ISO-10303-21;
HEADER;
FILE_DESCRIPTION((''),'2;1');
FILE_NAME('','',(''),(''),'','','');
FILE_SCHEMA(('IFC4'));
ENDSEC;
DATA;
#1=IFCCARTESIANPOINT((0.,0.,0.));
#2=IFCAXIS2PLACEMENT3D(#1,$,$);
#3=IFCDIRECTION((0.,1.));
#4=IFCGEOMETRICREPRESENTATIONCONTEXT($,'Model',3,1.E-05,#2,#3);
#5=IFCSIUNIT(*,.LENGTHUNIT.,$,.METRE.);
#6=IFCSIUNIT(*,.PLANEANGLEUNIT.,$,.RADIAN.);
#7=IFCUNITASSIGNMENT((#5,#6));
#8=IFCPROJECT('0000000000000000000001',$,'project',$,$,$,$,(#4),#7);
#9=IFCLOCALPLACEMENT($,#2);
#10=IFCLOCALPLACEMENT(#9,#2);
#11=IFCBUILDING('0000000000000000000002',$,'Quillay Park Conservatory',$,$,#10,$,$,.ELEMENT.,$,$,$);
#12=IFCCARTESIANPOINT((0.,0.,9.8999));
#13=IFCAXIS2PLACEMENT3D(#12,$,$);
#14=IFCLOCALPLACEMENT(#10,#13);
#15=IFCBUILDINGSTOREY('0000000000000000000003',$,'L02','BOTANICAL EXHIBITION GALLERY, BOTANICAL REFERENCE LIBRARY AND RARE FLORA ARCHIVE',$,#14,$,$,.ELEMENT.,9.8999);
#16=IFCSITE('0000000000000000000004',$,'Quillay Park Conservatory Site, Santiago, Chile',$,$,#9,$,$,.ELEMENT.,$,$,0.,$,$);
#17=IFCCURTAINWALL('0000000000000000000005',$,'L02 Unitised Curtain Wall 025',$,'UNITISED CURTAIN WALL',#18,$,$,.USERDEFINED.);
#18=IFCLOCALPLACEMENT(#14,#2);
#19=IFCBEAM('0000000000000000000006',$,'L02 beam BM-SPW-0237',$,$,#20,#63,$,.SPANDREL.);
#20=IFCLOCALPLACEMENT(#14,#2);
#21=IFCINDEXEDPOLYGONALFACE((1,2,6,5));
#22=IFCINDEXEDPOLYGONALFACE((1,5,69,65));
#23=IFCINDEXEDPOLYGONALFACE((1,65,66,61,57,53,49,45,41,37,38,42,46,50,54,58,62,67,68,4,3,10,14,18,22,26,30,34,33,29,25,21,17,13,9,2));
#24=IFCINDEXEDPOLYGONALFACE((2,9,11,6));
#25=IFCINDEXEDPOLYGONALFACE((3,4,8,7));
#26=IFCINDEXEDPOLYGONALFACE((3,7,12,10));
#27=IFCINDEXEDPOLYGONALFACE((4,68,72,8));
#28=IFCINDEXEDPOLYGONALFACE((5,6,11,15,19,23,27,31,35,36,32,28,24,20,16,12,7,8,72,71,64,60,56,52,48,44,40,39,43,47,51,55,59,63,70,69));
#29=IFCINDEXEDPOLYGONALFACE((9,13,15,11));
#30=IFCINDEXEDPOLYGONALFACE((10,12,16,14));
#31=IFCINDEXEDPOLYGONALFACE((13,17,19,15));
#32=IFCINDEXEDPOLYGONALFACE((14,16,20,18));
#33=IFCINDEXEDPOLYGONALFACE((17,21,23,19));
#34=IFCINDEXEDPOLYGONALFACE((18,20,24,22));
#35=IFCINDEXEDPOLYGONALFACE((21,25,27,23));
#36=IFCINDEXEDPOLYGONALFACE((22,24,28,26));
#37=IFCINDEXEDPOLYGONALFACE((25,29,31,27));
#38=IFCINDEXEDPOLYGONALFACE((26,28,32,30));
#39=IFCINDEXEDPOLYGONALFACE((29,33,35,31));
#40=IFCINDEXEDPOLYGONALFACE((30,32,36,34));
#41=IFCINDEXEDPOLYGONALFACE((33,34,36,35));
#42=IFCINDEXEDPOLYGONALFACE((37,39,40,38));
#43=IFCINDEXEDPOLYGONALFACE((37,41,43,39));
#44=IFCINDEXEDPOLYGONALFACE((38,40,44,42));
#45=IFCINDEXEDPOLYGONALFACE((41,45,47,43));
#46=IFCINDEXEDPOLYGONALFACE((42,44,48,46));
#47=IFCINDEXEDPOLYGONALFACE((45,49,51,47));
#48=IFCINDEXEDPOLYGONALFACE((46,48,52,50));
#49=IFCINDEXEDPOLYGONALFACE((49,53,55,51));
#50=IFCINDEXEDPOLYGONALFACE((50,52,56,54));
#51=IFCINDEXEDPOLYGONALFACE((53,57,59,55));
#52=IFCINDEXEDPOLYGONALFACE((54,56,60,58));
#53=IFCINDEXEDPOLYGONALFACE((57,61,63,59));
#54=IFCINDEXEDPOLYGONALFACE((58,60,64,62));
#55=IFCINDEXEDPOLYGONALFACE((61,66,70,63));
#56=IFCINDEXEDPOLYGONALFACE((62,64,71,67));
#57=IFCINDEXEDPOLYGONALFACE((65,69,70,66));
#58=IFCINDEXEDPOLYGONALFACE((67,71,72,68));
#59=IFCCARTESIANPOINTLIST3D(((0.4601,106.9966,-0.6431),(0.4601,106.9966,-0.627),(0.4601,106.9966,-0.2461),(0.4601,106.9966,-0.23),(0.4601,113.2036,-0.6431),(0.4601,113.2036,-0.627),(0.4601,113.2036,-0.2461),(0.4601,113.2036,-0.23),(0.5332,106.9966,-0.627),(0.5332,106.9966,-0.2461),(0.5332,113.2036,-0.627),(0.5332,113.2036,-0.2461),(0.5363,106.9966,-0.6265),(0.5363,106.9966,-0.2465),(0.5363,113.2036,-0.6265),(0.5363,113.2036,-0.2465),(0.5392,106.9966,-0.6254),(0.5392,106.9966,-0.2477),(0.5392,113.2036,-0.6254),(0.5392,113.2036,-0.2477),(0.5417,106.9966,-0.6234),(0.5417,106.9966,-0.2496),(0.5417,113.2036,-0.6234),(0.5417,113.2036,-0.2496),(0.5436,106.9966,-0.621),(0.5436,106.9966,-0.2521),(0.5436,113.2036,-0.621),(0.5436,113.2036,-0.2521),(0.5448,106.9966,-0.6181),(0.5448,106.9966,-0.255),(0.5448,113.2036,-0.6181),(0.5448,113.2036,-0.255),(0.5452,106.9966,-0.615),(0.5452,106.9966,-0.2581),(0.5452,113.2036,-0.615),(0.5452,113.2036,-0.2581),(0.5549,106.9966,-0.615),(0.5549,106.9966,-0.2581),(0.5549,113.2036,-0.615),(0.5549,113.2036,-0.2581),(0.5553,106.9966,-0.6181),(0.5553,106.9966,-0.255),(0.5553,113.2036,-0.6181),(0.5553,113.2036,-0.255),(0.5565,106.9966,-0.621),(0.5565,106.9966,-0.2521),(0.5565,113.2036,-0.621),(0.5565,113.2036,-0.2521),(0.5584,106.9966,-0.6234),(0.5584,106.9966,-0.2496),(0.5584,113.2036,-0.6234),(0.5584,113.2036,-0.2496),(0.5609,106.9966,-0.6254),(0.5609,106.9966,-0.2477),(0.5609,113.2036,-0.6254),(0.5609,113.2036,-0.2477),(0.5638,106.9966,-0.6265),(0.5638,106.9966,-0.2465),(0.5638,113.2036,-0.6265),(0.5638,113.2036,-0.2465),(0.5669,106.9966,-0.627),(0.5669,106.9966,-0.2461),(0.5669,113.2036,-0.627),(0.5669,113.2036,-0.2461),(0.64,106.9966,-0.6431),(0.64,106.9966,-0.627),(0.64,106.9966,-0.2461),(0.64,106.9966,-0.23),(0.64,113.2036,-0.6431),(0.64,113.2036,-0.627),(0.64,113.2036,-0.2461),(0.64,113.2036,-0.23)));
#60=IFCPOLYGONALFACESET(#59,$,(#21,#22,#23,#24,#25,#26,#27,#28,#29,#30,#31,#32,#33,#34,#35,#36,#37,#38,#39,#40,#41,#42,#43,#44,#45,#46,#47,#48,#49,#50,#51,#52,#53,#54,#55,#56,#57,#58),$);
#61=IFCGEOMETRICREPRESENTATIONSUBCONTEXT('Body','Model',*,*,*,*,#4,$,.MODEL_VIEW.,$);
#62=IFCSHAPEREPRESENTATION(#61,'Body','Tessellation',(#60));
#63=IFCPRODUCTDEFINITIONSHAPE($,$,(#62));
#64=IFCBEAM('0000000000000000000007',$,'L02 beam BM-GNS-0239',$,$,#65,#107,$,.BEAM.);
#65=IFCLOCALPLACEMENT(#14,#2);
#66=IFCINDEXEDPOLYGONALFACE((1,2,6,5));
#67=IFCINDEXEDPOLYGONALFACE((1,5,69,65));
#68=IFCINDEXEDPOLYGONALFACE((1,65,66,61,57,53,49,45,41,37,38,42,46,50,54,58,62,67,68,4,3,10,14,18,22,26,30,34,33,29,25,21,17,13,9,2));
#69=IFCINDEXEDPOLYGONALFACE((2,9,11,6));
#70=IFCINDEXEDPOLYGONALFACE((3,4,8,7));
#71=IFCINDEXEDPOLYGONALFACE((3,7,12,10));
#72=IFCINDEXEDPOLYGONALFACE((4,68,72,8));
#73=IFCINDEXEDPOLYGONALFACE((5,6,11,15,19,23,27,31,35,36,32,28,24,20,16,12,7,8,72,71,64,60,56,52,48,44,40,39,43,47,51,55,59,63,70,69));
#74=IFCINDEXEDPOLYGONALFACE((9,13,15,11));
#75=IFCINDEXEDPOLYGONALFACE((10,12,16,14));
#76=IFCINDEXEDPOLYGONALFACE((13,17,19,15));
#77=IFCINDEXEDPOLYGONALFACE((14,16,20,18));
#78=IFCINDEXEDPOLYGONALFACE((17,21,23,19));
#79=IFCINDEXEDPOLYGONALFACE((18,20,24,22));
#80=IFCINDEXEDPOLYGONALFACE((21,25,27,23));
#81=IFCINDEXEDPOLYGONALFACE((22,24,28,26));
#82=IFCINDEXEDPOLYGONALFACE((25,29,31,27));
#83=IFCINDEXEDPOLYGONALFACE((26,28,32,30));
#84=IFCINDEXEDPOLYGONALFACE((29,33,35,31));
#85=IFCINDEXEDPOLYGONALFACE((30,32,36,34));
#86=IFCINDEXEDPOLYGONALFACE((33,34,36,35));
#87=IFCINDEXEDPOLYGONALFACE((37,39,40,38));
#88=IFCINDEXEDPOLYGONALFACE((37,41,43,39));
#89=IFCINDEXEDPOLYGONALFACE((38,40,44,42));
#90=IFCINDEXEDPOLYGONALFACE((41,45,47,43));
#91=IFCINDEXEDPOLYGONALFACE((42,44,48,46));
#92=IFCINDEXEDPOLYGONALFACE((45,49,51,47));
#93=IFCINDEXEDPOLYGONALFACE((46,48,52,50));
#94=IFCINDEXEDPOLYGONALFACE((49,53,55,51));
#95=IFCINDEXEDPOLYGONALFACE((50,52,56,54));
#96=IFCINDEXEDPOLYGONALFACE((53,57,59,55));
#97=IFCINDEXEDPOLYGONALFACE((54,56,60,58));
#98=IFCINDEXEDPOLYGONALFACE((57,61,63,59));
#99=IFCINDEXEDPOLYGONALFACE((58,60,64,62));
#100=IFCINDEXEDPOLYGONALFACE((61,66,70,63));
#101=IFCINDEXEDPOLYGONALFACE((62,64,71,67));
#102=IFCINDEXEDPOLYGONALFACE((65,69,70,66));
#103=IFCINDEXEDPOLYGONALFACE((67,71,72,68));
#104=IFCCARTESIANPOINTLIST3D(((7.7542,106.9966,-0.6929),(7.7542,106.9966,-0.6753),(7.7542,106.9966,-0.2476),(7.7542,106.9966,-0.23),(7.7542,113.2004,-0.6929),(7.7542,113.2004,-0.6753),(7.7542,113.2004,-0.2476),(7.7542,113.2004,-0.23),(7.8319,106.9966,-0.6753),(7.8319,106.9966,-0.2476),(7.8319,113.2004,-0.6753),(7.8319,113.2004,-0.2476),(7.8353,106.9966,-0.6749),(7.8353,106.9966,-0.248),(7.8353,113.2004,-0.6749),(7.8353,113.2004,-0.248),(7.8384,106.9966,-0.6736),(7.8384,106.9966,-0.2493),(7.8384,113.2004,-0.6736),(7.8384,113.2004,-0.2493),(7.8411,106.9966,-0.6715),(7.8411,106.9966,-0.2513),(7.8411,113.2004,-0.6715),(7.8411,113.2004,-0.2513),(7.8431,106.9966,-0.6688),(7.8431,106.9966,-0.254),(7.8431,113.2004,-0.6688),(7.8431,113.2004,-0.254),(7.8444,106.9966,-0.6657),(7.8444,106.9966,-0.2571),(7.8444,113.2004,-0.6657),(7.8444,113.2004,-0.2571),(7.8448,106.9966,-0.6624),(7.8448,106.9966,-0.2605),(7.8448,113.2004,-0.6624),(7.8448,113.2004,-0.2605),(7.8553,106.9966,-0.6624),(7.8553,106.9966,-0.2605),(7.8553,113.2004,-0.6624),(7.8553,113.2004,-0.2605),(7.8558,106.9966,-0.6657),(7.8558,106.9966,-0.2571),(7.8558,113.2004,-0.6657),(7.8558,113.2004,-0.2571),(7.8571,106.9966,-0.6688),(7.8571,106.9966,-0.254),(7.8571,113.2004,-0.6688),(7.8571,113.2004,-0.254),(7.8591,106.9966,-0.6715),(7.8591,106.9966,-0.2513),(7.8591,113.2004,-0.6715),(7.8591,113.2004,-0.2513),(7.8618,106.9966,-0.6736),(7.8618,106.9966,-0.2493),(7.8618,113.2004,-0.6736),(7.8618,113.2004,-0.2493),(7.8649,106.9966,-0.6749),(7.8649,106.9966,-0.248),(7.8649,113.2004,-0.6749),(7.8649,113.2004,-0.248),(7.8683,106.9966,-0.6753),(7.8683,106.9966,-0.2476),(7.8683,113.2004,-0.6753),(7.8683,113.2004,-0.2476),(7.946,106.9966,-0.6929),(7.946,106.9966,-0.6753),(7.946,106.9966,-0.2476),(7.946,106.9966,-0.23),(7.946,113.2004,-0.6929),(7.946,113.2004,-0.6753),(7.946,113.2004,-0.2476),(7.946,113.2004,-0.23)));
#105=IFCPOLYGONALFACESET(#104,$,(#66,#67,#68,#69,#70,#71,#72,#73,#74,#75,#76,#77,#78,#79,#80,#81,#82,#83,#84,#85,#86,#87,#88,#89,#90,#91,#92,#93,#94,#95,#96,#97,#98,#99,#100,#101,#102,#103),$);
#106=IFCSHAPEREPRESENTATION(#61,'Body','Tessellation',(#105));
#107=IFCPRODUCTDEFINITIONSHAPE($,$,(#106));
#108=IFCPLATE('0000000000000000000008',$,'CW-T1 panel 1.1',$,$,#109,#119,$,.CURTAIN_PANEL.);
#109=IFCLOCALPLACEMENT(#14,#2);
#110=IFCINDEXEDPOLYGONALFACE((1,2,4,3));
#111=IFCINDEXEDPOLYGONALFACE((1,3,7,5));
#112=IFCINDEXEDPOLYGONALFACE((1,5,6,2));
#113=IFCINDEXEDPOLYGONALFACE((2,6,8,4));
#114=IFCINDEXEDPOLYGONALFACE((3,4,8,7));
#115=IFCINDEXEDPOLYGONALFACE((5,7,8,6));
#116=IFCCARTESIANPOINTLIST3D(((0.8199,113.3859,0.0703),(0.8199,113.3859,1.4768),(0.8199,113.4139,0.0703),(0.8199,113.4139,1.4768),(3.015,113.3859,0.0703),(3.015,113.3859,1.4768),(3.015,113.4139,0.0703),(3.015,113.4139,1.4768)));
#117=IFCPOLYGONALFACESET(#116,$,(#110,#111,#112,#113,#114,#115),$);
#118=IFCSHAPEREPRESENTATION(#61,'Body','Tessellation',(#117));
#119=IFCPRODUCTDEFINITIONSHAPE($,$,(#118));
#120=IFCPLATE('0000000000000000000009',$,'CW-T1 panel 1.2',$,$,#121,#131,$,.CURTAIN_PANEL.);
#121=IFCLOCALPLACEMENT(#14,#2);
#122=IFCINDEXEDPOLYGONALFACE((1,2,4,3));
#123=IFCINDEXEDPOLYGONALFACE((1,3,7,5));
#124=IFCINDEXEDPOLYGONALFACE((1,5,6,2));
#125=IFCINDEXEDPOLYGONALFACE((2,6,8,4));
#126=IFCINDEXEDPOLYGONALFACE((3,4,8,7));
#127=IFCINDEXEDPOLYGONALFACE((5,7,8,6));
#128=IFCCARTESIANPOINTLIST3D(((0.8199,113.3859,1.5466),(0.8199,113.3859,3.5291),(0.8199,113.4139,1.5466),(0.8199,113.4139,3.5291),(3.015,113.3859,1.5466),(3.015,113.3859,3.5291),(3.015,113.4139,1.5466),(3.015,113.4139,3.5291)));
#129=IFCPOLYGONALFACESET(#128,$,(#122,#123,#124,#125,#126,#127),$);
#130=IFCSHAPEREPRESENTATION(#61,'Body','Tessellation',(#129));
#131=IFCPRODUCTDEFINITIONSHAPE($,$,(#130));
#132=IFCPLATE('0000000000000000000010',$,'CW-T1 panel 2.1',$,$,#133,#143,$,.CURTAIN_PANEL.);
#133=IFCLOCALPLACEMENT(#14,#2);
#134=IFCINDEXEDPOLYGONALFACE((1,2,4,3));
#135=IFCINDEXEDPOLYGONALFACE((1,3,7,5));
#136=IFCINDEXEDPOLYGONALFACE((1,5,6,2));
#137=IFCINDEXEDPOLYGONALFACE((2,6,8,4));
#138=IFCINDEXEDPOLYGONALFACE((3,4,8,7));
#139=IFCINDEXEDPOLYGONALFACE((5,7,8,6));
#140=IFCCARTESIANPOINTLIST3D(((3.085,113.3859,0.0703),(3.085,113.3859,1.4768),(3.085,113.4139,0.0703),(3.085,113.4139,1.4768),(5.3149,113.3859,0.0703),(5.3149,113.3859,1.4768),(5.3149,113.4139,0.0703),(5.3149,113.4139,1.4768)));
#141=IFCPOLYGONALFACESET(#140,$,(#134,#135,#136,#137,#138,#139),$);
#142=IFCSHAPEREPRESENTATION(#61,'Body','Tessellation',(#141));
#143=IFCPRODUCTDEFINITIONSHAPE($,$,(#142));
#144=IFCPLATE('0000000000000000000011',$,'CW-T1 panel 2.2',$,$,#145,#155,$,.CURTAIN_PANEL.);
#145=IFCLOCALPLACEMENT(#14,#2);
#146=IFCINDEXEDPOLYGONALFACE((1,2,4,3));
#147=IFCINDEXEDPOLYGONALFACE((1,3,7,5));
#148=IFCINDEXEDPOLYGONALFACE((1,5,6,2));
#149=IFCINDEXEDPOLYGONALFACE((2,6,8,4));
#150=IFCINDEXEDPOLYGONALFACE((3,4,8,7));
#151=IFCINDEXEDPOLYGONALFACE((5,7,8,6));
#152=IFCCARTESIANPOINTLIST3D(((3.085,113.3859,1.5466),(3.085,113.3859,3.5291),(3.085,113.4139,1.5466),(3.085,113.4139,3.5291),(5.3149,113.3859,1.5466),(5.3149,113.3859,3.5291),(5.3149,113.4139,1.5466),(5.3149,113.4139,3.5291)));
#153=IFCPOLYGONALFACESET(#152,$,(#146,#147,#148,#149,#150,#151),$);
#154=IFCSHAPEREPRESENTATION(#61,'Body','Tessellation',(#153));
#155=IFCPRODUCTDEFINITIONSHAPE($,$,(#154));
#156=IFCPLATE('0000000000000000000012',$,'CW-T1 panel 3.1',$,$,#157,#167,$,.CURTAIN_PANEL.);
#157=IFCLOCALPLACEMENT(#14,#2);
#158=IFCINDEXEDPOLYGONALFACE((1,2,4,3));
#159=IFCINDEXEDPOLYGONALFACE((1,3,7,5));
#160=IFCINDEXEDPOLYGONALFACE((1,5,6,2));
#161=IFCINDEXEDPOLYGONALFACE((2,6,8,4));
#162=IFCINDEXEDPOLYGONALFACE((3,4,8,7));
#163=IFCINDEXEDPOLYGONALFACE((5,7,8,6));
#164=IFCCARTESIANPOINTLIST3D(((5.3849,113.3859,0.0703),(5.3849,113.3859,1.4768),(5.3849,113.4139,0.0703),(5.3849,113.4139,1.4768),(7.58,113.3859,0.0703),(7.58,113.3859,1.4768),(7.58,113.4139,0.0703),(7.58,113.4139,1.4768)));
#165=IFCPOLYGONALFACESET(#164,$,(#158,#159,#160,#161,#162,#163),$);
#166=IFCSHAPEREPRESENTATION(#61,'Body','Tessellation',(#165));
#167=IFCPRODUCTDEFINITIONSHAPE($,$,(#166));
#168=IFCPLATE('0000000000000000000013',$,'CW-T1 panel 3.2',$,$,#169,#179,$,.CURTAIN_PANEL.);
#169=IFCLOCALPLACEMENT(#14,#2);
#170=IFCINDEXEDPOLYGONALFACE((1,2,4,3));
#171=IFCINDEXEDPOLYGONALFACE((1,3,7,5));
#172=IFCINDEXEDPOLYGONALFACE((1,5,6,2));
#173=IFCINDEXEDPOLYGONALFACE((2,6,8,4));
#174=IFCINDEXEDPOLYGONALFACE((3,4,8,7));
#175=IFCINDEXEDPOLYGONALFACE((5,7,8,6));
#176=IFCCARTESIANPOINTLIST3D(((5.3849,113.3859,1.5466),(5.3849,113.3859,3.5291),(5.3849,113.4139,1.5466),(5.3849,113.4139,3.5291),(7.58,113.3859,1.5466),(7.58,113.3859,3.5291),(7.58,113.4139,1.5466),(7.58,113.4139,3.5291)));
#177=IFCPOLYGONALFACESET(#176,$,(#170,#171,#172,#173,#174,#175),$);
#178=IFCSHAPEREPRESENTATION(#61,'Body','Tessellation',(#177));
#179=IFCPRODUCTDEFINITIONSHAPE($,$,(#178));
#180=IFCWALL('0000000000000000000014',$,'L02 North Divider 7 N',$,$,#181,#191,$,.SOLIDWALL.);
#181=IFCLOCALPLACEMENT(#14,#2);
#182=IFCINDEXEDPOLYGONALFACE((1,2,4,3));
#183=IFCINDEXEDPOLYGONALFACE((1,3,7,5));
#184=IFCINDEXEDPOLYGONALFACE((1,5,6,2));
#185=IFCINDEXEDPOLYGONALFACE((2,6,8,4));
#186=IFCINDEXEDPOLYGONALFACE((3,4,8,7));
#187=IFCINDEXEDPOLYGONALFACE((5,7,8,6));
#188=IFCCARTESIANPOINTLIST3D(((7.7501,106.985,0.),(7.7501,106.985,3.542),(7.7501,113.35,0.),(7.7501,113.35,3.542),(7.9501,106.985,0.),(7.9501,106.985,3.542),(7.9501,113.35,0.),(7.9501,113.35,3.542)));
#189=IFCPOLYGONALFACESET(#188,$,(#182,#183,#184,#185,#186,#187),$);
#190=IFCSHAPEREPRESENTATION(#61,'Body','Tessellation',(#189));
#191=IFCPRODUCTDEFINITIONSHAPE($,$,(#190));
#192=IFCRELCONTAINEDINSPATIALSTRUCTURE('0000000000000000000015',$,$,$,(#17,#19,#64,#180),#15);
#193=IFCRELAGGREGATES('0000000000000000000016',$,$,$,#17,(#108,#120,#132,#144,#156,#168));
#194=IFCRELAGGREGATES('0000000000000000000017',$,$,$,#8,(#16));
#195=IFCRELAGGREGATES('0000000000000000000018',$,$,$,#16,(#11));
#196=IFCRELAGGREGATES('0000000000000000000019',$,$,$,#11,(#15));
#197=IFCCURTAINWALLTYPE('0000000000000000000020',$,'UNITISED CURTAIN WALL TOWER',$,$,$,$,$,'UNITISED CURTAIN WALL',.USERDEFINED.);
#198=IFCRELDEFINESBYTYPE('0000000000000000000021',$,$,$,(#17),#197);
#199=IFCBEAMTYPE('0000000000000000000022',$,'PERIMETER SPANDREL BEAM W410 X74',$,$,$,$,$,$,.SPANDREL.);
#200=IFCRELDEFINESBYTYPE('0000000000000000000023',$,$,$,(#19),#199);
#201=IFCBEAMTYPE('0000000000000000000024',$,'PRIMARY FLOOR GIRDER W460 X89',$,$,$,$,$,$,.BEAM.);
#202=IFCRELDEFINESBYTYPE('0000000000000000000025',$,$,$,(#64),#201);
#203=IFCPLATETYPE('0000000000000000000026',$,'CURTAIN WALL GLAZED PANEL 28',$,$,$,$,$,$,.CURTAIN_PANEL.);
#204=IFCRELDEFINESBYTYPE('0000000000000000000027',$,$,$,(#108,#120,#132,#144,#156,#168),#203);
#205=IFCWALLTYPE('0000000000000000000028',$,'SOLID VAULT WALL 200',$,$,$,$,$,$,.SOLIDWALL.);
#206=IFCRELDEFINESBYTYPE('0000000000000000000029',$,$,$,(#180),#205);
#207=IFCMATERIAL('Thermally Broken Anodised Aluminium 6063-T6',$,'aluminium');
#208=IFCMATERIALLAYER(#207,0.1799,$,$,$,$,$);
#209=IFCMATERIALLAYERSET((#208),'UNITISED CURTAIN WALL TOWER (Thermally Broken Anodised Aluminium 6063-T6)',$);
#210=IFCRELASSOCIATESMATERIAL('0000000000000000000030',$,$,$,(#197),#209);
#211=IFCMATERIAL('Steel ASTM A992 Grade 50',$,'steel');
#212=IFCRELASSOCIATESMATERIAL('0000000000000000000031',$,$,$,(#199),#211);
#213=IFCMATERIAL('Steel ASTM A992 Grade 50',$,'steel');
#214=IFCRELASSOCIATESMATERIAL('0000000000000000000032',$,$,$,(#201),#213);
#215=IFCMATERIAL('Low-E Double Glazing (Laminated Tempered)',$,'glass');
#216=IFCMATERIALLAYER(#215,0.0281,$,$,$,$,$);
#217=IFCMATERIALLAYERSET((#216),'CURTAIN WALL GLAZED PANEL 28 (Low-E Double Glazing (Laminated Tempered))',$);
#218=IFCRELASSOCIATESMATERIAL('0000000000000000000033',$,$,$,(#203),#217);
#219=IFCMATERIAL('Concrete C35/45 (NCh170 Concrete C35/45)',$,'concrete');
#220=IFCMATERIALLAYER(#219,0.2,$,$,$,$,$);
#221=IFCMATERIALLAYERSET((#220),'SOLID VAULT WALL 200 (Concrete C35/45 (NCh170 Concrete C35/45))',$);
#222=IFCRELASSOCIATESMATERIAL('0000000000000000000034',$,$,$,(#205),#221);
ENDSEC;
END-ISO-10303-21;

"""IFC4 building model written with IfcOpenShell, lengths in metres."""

from ifc_helpers import new_model, si_unit, direction, frame, frame_2d, origin, origin_2d, place, context, subcontext, project, spatial, rectangle, i_section, extrude, material, layer, layer_set, material_profile, profile_set, type_object, element, aggregate, save


model = new_model("IFC4")

# Units and contexts
model_context = context("Model", 3, precision=1e-05, world=origin(), true_north=direction((0.0, 1.0)))
body_context = subcontext(model_context, "Body", "Model", "MODEL_VIEW")
ifc_project = project(units=[si_unit("LENGTHUNIT", "METRE"), si_unit("PLANEANGLEUNIT", "RADIAN")], contexts=[model_context])

# Site, building, storey
site_placement = place(None, origin())
site = spatial("IfcSite", under=ifc_project, at=site_placement, Name="Quillay Park Conservatory Site, Santiago, Chile", CompositionType="ELEMENT", RefElevation=0.0)
building_placement = place(site_placement, origin())
building = spatial("IfcBuilding", under=site, at=building_placement, Name="Quillay Park Conservatory", CompositionType="ELEMENT")
storey_placement = place(building_placement, frame((0.0, 0.0, 9.8999)))
storey = spatial("IfcBuildingStorey", under=building, at=storey_placement, Name="L02", Description="BOTANICAL EXHIBITION GALLERY, BOTANICAL REFERENCE LIBRARY AND RARE FLORA ARCHIVE", CompositionType="ELEMENT", Elevation=9.8999)

# Curtain wall
ifc_material_1 = material(Name="Thermally Broken Anodised Aluminium 6063-T6", Category="aluminium")
ifc_layer_1 = layer(ifc_material_1, 0.1799)
ifc_layer_set_1 = layer_set([ifc_layer_1], Name="UNITISED CURTAIN WALL TOWER (Thermally Broken Anodised Aluminium 6063-T6)")
curtain_wall_type = type_object("IfcCurtainWallType", Name="UNITISED CURTAIN WALL TOWER", ElementType="UNITISED CURTAIN WALL", PredefinedType="USERDEFINED", material=ifc_layer_set_1)
curtain_wall_1_placement = place(storey_placement, origin())
curtain_wall_1 = element("IfcCurtainWall", 1, at=curtain_wall_1_placement, inside=storey, type_object=curtain_wall_type, Name="L02 Unitised Curtain Wall 025", ObjectType="UNITISED CURTAIN WALL", PredefinedType="USERDEFINED")

# Beams
ifc_material_2 = material(Name="Steel ASTM A992 Grade 50", Category="steel")
ifc_material_profile_1 = material_profile(ifc_material_2, i_section(OverallWidth=0.1799, OverallDepth=0.4131, WebThickness=0.0098, FlangeThickness=0.0161, FilletRadius=0.012, at=origin_2d()), Name="W410x74")
ifc_profile_set_1 = profile_set([ifc_material_profile_1], Name="Steel ASTM A992 Grade 50")
beam_type_1 = type_object("IfcBeamType", Name="PERIMETER SPANDREL BEAM W410 X74", PredefinedType="SPANDREL", material=ifc_profile_set_1)
beam_1_placement = place(storey_placement, frame((0.55, 106.9966, -0.4365), z_axis=(0.0, 1.0, 0.0), x_axis=(-1.0, 0.0, 0.0)))
element("IfcBeam", 2, at=beam_1_placement, inside=storey, type_object=beam_type_1, Name="L02 beam BM-SPW-0237", PredefinedType="SPANDREL", context=body_context, shape_type="SweptSolid", body=[
    extrude(i_section(OverallWidth=0.1799, OverallDepth=0.4131, WebThickness=0.0098, FlangeThickness=0.0161, FilletRadius=0.012, at=origin_2d()), origin(), (0.0, 0.0, 1.0), 6.207),
])
ifc_material_3 = material(Name="Steel ASTM A992 Grade 50", Category="steel")
ifc_material_profile_2 = material_profile(ifc_material_3, i_section(OverallWidth=0.1919, OverallDepth=0.4629, WebThickness=0.0105, FlangeThickness=0.0176, FilletRadius=0.0129, at=origin_2d()), Name="W460x89")
ifc_profile_set_2 = profile_set([ifc_material_profile_2], Name="Steel ASTM A992 Grade 50")
beam_type_2 = type_object("IfcBeamType", Name="PRIMARY FLOOR GIRDER W460 X89", PredefinedType="BEAM", material=ifc_profile_set_2)
beam_2_placement = place(storey_placement, frame((7.8501, 106.9966, -0.4614), z_axis=(0.0, 1.0, 0.0), x_axis=(-1.0, 0.0, 0.0)))
element("IfcBeam", 3, at=beam_2_placement, inside=storey, type_object=beam_type_2, Name="L02 beam BM-GNS-0239", PredefinedType="BEAM", context=body_context, shape_type="SweptSolid", body=[
    extrude(i_section(OverallWidth=0.1919, OverallDepth=0.4629, WebThickness=0.0105, FlangeThickness=0.0176, FilletRadius=0.0129, at=origin_2d()), origin(), (0.0, 0.0, 1.0), 6.2039),
])

# Plates
ifc_material_4 = material(Name="Low-E Double Glazing (Laminated Tempered)", Category="glass")
ifc_layer_2 = layer(ifc_material_4, 0.0281)
ifc_layer_set_2 = layer_set([ifc_layer_2], Name="CURTAIN WALL GLAZED PANEL 28 (Low-E Double Glazing (Laminated Tempered))")
plate_type = type_object("IfcPlateType", Name="CURTAIN WALL GLAZED PANEL 28", PredefinedType="CURTAIN_PANEL", material=ifc_layer_set_2)
plate_1_placement = place(storey_placement, frame((1.9175, 113.3999, 0.0703), z_axis=(0.0, 0.0, 1.0), x_axis=(1.0, 0.0, 0.0)))
plate_1 = element("IfcPlate", 4, at=plate_1_placement, type_object=plate_type, Name="CW-T1 panel 1.1", PredefinedType="CURTAIN_PANEL", context=body_context, shape_type="SweptSolid", body=[
    extrude(rectangle(XDim=2.1951, YDim=0.0281, at=origin_2d()), origin(), (0.0, 0.0, 1.0), 1.4065),
])
plate_2_placement = place(storey_placement, frame((1.9175, 113.3999, 1.5466), z_axis=(0.0, 0.0, 1.0), x_axis=(1.0, 0.0, 0.0)))
plate_2 = element("IfcPlate", 5, at=plate_2_placement, type_object=plate_type, Name="CW-T1 panel 1.2", PredefinedType="CURTAIN_PANEL", context=body_context, shape_type="SweptSolid", body=[
    extrude(rectangle(XDim=2.1951, YDim=0.0281, at=origin_2d()), origin(), (0.0, 0.0, 1.0), 1.9824),
])
plate_3_placement = place(storey_placement, frame((4.2, 113.3999, 0.0703), z_axis=(0.0, 0.0, 1.0), x_axis=(1.0, 0.0, 0.0)))
plate_3 = element("IfcPlate", 6, at=plate_3_placement, type_object=plate_type, Name="CW-T1 panel 2.1", PredefinedType="CURTAIN_PANEL", context=body_context, shape_type="SweptSolid", body=[
    extrude(rectangle(XDim=2.23, YDim=0.0281, at=origin_2d()), origin(), (0.0, 0.0, 1.0), 1.4065),
])
plate_4_placement = place(storey_placement, frame((4.2, 113.3999, 1.5466), z_axis=(0.0, 0.0, 1.0), x_axis=(1.0, 0.0, 0.0)))
plate_4 = element("IfcPlate", 7, at=plate_4_placement, type_object=plate_type, Name="CW-T1 panel 2.2", PredefinedType="CURTAIN_PANEL", context=body_context, shape_type="SweptSolid", body=[
    extrude(rectangle(XDim=2.23, YDim=0.0281, at=origin_2d()), origin(), (0.0, 0.0, 1.0), 1.9824),
])
plate_5_placement = place(storey_placement, frame((6.4824, 113.3999, 0.0703), z_axis=(0.0, 0.0, 1.0), x_axis=(1.0, 0.0, 0.0)))
plate_5 = element("IfcPlate", 8, at=plate_5_placement, type_object=plate_type, Name="CW-T1 panel 3.1", PredefinedType="CURTAIN_PANEL", context=body_context, shape_type="SweptSolid", body=[
    extrude(rectangle(XDim=2.1951, YDim=0.0281, at=origin_2d()), origin(), (0.0, 0.0, 1.0), 1.4065),
])
plate_6_placement = place(storey_placement, frame((6.4824, 113.3999, 1.5466), z_axis=(0.0, 0.0, 1.0), x_axis=(1.0, 0.0, 0.0)))
plate_6 = element("IfcPlate", 9, at=plate_6_placement, type_object=plate_type, Name="CW-T1 panel 3.2", PredefinedType="CURTAIN_PANEL", context=body_context, shape_type="SweptSolid", body=[
    extrude(rectangle(XDim=2.1951, YDim=0.0281, at=origin_2d()), origin(), (0.0, 0.0, 1.0), 1.9824),
])
aggregate(curtain_wall_1, [plate_1, plate_2, plate_3, plate_4, plate_5, plate_6])

# Wall
ifc_material_5 = material(Name="Concrete C35/45 (NCh170 Concrete C35/45)", Category="concrete")
ifc_layer_3 = layer(ifc_material_5, 0.2)
ifc_layer_set_3 = layer_set([ifc_layer_3], Name="SOLID VAULT WALL 200 (Concrete C35/45 (NCh170 Concrete C35/45))")
wall_type = type_object("IfcWallType", Name="SOLID VAULT WALL 200", PredefinedType="SOLIDWALL", material=ifc_layer_set_3)
wall_placement = place(storey_placement, frame((7.8501, 113.3501, 0.0), z_axis=(0.0, 0.0, 1.0), x_axis=(0.0, -1.0, 0.0)))
element("IfcWall", 10, at=wall_placement, inside=storey, type_object=wall_type, Name="L02 North Divider 7 N", PredefinedType="SOLIDWALL", context=body_context, shape_type="SweptSolid", body=[
    extrude(rectangle(XDim=6.365, YDim=0.2, at=frame_2d((3.1826, 0.0))), origin(), (0.0, 0.0, 1.0), 3.542),
])

save(model, "model.ifc")
